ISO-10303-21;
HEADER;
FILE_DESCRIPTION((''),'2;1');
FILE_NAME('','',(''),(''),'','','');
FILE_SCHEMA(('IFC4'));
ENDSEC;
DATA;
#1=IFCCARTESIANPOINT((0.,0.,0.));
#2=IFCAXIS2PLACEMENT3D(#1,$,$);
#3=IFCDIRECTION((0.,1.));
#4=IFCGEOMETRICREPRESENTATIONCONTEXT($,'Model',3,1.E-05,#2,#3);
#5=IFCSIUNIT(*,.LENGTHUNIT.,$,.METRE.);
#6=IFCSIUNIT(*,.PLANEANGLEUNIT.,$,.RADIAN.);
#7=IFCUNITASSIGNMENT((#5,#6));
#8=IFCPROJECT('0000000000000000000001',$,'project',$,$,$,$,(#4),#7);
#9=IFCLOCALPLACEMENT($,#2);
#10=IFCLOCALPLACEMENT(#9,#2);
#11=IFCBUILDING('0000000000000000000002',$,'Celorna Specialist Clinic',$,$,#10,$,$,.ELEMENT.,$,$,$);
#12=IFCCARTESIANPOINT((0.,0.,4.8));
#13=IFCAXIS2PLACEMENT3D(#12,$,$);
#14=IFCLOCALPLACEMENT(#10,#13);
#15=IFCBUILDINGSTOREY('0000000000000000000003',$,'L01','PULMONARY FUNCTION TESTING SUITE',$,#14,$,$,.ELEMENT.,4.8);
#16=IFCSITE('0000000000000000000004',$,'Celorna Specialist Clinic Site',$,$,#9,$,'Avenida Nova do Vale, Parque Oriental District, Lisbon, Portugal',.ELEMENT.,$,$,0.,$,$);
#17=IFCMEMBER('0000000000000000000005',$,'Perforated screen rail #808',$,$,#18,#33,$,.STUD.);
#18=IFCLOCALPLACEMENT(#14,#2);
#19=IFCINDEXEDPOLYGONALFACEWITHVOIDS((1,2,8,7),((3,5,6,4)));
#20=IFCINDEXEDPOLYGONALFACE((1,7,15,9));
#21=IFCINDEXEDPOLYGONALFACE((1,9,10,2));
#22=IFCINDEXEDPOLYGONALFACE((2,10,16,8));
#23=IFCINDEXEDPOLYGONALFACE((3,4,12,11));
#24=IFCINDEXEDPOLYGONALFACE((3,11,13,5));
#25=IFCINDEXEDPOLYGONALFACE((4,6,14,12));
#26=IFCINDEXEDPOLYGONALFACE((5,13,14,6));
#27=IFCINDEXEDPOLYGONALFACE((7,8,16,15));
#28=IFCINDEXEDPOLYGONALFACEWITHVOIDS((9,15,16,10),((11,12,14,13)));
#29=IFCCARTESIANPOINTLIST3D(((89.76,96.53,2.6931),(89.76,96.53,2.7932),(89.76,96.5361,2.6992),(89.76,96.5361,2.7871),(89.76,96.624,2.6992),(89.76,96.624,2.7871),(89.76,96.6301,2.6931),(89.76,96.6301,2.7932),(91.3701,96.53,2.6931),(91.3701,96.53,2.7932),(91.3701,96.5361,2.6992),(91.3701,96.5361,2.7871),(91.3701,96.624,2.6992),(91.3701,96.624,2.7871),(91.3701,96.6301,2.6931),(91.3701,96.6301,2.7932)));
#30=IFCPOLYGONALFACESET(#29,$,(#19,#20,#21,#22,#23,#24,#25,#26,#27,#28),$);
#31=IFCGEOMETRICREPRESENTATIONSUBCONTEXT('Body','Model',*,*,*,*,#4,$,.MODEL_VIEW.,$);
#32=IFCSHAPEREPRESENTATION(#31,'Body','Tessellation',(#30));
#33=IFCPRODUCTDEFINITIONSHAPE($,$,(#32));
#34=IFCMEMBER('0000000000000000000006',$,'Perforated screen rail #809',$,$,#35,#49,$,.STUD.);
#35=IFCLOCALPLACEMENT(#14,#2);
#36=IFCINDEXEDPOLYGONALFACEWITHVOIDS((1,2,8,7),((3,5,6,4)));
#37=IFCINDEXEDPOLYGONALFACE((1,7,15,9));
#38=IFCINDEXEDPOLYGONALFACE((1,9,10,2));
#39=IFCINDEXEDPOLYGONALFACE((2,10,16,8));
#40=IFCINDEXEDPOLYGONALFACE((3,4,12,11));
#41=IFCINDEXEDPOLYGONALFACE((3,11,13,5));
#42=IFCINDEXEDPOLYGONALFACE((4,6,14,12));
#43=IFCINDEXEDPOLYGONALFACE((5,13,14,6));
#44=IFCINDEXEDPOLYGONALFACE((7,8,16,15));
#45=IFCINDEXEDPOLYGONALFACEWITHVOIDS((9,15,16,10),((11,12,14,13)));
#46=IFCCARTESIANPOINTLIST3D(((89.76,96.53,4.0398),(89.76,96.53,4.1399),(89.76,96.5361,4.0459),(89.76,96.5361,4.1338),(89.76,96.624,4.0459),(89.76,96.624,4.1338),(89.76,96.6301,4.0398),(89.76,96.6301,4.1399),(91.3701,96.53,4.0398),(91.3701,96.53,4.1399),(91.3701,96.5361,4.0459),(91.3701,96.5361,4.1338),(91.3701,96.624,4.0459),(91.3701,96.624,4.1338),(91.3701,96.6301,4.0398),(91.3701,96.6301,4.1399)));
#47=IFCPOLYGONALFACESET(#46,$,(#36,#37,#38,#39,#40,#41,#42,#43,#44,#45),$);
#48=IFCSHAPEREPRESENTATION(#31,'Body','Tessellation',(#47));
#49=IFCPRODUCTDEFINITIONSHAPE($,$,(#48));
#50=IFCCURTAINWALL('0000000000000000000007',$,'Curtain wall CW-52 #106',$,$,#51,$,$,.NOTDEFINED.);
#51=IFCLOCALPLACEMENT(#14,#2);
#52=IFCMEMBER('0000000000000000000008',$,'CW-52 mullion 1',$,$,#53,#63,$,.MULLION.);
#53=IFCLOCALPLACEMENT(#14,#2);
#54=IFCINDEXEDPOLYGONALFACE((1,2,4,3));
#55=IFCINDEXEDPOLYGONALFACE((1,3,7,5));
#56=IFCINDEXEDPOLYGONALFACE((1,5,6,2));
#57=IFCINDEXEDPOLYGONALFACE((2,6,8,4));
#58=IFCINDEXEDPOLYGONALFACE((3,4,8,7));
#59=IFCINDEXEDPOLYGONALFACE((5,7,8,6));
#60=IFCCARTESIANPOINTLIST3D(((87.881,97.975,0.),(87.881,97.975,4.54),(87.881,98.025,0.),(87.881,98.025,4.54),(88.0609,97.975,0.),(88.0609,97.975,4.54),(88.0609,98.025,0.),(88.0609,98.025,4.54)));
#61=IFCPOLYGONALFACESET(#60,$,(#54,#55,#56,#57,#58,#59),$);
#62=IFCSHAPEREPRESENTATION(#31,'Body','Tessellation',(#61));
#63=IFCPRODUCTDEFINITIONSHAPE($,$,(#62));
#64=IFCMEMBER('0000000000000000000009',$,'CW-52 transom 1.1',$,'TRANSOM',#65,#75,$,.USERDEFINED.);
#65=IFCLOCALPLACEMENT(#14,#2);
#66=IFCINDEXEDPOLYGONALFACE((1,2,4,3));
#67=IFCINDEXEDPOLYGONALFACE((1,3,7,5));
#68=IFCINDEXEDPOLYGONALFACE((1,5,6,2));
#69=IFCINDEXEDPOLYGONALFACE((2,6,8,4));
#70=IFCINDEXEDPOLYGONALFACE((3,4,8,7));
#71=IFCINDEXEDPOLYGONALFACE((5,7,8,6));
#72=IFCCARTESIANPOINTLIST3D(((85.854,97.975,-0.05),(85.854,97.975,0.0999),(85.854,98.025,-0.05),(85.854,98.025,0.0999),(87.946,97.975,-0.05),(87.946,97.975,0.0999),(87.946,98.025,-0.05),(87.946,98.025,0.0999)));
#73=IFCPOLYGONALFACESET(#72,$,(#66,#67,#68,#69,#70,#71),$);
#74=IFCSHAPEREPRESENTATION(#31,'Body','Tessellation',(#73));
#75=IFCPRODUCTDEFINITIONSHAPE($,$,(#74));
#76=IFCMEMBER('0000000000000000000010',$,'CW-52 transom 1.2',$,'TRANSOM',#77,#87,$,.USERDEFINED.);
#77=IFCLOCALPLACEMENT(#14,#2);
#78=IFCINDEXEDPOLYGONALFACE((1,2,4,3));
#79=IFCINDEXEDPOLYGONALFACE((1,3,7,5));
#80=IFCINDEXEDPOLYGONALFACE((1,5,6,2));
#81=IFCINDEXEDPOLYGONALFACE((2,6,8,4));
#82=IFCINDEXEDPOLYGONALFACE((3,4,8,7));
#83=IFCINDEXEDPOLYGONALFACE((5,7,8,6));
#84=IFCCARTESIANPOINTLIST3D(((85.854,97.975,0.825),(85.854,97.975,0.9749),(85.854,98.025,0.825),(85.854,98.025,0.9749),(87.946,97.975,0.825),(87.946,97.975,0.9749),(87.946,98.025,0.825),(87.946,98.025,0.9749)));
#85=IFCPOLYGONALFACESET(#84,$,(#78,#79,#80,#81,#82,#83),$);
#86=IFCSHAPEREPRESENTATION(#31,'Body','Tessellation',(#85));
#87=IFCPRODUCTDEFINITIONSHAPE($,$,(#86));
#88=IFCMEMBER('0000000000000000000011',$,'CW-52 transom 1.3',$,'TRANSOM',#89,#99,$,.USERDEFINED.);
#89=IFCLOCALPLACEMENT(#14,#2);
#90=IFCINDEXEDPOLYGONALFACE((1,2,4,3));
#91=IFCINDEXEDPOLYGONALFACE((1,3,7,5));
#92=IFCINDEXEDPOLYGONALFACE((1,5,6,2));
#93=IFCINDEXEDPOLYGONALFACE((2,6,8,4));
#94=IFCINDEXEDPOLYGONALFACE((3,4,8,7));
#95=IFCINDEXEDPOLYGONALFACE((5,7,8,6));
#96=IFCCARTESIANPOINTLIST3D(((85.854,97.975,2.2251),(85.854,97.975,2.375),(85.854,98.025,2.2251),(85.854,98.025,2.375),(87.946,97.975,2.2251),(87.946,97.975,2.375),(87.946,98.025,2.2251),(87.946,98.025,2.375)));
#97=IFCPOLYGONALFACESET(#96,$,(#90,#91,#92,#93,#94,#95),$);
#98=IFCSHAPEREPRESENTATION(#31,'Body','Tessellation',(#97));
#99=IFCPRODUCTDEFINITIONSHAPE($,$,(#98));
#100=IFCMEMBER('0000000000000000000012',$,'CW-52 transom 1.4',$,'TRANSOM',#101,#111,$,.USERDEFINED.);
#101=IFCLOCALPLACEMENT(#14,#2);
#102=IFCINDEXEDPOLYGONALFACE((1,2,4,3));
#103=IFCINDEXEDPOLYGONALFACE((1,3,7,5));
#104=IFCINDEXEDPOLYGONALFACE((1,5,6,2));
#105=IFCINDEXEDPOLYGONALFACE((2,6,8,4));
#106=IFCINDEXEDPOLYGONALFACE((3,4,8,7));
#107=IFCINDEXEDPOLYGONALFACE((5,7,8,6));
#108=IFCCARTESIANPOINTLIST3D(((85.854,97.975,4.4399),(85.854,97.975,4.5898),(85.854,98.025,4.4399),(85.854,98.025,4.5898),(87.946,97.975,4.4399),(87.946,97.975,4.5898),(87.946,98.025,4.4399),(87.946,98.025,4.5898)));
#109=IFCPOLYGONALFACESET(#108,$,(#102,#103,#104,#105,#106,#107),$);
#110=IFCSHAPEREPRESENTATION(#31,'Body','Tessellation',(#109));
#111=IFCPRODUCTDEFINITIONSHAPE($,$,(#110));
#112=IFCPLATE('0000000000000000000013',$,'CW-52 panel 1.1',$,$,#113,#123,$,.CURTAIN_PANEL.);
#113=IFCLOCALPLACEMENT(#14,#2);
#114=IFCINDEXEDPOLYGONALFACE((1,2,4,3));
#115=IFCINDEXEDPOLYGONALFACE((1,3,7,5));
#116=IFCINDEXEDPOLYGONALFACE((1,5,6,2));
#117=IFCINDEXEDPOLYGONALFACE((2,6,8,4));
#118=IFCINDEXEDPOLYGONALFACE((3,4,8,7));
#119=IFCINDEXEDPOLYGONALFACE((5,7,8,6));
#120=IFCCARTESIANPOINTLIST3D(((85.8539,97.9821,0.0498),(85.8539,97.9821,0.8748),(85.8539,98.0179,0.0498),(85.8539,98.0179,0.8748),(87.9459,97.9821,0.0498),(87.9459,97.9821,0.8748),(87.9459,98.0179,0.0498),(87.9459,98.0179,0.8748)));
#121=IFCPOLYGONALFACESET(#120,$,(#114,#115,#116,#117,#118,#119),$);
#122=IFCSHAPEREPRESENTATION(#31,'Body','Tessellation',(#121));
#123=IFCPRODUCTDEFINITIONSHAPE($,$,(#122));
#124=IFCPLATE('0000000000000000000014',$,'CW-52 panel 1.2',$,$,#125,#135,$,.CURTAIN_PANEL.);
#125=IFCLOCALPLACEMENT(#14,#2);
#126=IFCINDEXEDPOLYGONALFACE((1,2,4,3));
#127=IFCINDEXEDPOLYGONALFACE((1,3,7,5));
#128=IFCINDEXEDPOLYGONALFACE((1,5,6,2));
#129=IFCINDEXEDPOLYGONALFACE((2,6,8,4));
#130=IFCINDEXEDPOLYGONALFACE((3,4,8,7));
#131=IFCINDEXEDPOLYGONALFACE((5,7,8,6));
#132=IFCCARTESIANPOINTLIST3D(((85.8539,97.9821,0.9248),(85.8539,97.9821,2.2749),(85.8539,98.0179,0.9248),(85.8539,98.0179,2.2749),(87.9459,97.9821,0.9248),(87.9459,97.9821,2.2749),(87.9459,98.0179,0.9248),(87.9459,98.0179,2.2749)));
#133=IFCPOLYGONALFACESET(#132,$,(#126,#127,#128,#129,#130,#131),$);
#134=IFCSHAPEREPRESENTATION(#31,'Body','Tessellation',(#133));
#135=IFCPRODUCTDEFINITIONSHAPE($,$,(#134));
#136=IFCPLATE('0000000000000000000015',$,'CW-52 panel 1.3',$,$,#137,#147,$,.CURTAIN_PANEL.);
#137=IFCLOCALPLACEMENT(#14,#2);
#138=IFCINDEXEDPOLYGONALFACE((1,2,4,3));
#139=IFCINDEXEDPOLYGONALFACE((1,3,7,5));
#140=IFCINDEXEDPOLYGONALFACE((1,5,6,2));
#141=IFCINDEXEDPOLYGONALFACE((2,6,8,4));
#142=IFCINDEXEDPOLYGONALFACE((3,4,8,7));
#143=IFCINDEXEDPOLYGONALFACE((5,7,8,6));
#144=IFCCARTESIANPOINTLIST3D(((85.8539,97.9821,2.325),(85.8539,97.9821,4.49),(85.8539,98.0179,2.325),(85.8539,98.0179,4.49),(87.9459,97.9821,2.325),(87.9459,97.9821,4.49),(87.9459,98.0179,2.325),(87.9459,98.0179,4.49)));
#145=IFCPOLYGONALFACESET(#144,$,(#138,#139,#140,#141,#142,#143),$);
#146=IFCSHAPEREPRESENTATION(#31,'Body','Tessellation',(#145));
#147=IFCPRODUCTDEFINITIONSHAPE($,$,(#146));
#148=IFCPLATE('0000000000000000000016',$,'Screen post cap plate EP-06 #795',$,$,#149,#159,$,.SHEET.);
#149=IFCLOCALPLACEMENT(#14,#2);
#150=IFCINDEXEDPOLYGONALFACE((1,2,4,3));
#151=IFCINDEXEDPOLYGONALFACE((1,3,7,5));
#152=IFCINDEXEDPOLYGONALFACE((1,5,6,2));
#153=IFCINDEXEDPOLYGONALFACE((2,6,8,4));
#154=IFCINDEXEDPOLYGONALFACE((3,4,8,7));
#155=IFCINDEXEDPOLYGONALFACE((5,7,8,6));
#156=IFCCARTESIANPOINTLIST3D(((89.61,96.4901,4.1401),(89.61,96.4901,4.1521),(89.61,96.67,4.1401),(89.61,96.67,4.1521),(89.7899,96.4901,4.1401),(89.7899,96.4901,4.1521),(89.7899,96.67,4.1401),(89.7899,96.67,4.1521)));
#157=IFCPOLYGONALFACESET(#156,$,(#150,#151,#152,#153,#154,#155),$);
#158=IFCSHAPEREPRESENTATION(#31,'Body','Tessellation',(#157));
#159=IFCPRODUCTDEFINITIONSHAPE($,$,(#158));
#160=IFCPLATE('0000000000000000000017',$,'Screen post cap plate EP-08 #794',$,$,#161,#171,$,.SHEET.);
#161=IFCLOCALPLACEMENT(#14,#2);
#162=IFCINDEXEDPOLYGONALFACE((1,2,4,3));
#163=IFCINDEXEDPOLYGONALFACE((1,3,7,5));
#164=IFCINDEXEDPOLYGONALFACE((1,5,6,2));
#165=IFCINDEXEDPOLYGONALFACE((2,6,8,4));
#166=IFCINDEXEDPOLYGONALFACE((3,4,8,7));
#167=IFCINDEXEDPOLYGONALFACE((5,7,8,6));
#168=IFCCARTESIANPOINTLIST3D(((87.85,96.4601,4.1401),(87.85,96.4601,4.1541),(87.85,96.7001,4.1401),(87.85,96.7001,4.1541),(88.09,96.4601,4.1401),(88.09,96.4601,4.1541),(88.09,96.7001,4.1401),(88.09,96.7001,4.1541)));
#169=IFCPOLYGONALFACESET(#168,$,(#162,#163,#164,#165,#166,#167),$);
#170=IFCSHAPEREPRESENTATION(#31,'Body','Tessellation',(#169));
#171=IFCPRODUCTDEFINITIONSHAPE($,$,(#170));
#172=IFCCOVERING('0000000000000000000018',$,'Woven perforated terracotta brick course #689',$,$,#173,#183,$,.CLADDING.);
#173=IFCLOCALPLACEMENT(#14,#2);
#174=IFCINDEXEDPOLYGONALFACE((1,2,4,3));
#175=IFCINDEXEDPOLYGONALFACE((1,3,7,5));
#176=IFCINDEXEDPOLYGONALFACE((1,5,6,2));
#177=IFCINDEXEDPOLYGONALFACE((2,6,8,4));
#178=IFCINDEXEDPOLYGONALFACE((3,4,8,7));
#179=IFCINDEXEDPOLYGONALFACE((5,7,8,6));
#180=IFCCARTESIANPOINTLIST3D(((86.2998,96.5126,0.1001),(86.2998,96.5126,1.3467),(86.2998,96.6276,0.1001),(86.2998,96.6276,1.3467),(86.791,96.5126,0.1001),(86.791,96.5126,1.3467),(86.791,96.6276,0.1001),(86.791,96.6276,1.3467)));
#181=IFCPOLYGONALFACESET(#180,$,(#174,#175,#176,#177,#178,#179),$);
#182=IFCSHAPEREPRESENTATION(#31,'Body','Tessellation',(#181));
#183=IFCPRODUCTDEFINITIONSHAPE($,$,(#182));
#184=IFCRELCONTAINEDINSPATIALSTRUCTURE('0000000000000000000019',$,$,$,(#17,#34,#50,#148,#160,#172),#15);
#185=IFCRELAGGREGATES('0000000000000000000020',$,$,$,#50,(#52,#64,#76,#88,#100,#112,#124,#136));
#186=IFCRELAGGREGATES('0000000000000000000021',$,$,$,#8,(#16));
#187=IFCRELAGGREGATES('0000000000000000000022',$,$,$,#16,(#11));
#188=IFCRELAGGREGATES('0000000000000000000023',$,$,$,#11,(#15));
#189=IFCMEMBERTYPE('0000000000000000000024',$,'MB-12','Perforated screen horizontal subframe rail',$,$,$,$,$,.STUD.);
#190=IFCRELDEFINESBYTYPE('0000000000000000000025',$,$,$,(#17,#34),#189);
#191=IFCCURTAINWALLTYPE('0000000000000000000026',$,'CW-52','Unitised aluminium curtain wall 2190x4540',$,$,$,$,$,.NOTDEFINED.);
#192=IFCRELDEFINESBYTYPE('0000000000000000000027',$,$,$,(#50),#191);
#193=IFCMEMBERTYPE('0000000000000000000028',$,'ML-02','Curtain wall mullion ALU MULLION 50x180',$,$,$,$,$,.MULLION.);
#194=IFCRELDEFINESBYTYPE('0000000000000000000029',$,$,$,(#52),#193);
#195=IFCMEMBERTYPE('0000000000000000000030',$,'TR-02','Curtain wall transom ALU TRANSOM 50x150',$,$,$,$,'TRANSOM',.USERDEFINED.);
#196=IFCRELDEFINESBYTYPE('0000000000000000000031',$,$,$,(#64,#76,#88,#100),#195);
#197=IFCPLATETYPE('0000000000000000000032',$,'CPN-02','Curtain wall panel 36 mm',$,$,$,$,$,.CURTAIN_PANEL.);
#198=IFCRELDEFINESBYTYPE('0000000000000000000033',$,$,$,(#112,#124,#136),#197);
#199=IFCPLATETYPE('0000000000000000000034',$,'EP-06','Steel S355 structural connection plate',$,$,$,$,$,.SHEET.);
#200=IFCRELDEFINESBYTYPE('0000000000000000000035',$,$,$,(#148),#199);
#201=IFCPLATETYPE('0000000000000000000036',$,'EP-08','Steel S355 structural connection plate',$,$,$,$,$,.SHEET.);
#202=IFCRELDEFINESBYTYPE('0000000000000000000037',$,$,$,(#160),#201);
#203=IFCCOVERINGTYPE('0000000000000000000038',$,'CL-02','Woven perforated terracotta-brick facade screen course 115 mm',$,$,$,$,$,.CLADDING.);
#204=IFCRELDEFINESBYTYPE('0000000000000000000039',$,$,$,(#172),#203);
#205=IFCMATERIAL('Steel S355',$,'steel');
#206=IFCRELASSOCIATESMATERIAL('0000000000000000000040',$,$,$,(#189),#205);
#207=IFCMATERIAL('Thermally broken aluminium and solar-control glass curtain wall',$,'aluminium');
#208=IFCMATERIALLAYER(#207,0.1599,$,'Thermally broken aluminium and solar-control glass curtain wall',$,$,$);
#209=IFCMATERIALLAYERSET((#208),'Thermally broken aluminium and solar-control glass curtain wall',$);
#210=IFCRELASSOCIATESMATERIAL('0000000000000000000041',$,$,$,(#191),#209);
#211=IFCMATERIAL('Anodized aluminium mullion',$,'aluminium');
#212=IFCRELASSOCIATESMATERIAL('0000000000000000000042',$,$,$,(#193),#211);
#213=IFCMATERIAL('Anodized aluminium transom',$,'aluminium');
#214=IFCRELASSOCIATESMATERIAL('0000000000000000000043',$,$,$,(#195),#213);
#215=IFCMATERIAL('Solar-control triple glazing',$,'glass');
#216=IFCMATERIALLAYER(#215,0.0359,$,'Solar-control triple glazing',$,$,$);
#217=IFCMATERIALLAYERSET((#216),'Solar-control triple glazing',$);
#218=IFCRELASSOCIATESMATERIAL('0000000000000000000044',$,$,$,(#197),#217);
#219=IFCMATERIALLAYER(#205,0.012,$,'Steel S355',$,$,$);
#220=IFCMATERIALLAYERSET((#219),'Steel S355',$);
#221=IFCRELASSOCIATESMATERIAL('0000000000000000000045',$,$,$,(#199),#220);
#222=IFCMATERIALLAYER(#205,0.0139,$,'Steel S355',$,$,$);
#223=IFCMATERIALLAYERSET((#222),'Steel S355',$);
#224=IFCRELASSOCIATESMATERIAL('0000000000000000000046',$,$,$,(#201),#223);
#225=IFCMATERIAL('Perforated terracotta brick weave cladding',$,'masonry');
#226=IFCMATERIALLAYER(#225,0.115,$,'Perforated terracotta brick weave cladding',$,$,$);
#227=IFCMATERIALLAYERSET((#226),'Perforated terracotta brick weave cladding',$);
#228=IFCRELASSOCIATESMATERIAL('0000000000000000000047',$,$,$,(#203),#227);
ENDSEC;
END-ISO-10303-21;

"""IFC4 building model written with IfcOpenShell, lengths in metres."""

from ifc_helpers import new_model, si_unit, direction, frame, origin, origin_2d, place, context, subcontext, project, spatial, rectangle, hollow_rectangle, extrude, material, layer, layer_set, material_profile, profile_set, type_object, element, aggregate, save


model = new_model("IFC4")

# Units and contexts
model_context = context("Model", 3, precision=1e-05, world=origin(), true_north=direction((0.0, 1.0)))
body_context = subcontext(model_context, "Body", "Model", "MODEL_VIEW")
ifc_project = project(units=[si_unit("LENGTHUNIT", "METRE"), si_unit("PLANEANGLEUNIT", "RADIAN")], contexts=[model_context])

# Site, building, storey
site_placement = place(None, origin())
site = spatial("IfcSite", under=ifc_project, at=site_placement, Name="Celorna Specialist Clinic Site", LongName="Avenida Nova do Vale, Parque Oriental District, Lisbon, Portugal", CompositionType="ELEMENT", RefElevation=0.0)
building_placement = place(site_placement, origin())
building = spatial("IfcBuilding", under=site, at=building_placement, Name="Celorna Specialist Clinic", CompositionType="ELEMENT")
storey_placement = place(building_placement, frame((0.0, 0.0, 4.8)))
storey = spatial("IfcBuildingStorey", under=building, at=storey_placement, Name="L01", Description="PULMONARY FUNCTION TESTING SUITE", CompositionType="ELEMENT", Elevation=4.8)

# Shared definitions
ifc_material_1 = material(Name="Steel S355", Category="steel")

# Members
ifc_material_profile_1 = material_profile(ifc_material_1, hollow_rectangle(XDim=0.1001, YDim=0.1001, WallThickness=0.0061, at=origin_2d()), Name="SHS 100x100x6")
ifc_profile_set_1 = profile_set([ifc_material_profile_1], Name="Steel S355")
member_type_1 = type_object("IfcMemberType", Name="MB-12", Description="Perforated screen horizontal subframe rail", PredefinedType="STUD", material=ifc_profile_set_1)
for number, where, z_axis, x_axis, name in (
    (1, (89.76, 96.5801, 2.7432), (1.0, 0.0, 0.0), (0.0, 1.0, 0.0), "Perforated screen rail #808"),
    (2, (89.76, 96.5801, 4.0898), (1.0, 0.0, 0.0), (0.0, 1.0, 0.0), "Perforated screen rail #809"),
):
    element("IfcMember", number, at=place(storey_placement, frame(where, z_axis=z_axis, x_axis=x_axis)), inside=storey, type_object=member_type_1, Name=name, PredefinedType="STUD", context=body_context, shape_type="SweptSolid", body=[
        extrude(hollow_rectangle(XDim=0.1001, YDim=0.1001, WallThickness=0.0061, at=origin_2d()), origin(), (0.0, 0.0, 1.0), 1.6101),
    ])

# Curtain wall, members, plates
ifc_material_2 = material(Name="Thermally broken aluminium and solar-control glass curtain wall", Category="aluminium")
ifc_layer_1 = layer(ifc_material_2, 0.1599, Name="Thermally broken aluminium and solar-control glass curtain wall")
ifc_layer_set_1 = layer_set([ifc_layer_1], Name="Thermally broken aluminium and solar-control glass curtain wall")
curtain_wall_type = type_object("IfcCurtainWallType", Name="CW-52", Description="Unitised aluminium curtain wall 2190x4540", PredefinedType="NOTDEFINED", material=ifc_layer_set_1)
curtain_wall_placement = place(storey_placement, origin())
curtain_wall = element("IfcCurtainWall", 3, at=curtain_wall_placement, inside=storey, type_object=curtain_wall_type, Name="Curtain wall CW-52 #106", PredefinedType="NOTDEFINED")
ifc_material_3 = material(Name="Anodized aluminium mullion", Category="aluminium")
ifc_material_profile_2 = material_profile(ifc_material_3, rectangle(XDim=0.05, YDim=0.1799, at=origin_2d()), Name="ALU MULLION 50x180")
ifc_profile_set_2 = profile_set([ifc_material_profile_2], Name="Anodized aluminium mullion")
member_type_2 = type_object("IfcMemberType", Name="ML-02", Description="Curtain wall mullion ALU MULLION 50x180", PredefinedType="MULLION", material=ifc_profile_set_2)
member_1_placement = place(storey_placement, frame((87.9709, 98.0, 0.0), z_axis=(0.0, 0.0, 1.0), x_axis=(0.0, -1.0, 0.0)))
member_1 = element("IfcMember", 4, at=member_1_placement, type_object=member_type_2, Name="CW-52 mullion 1", PredefinedType="MULLION", context=body_context, shape_type="SweptSolid", body=[
    extrude(rectangle(XDim=0.05, YDim=0.1799, at=origin_2d()), origin(), (0.0, 0.0, 1.0), 4.54),
])
ifc_material_4 = material(Name="Anodized aluminium transom", Category="aluminium")
ifc_material_profile_3 = material_profile(ifc_material_4, rectangle(XDim=0.05, YDim=0.1499, at=origin_2d()), Name="ALU TRANSOM 50x150")
ifc_profile_set_3 = profile_set([ifc_material_profile_3], Name="Anodized aluminium transom")
member_type_3 = type_object("IfcMemberType", Name="TR-02", Description="Curtain wall transom ALU TRANSOM 50x150", ElementType="TRANSOM", PredefinedType="USERDEFINED", material=ifc_profile_set_3)
member_2_placement = place(storey_placement, frame((87.946, 98.0, 0.0249), z_axis=(-1.0, 0.0, 0.0), x_axis=(0.0, -1.0, 0.0)))
member_2 = element("IfcMember", 5, at=member_2_placement, type_object=member_type_3, Name="CW-52 transom 1.1", ObjectType="TRANSOM", PredefinedType="USERDEFINED", context=body_context, shape_type="SweptSolid", body=[
    extrude(rectangle(XDim=0.05, YDim=0.1499, at=origin_2d()), origin(), (0.0, 0.0, 1.0), 2.092),
])
member_3_placement = place(storey_placement, frame((87.946, 98.0, 0.8999), z_axis=(-1.0, 0.0, 0.0), x_axis=(0.0, -1.0, 0.0)))
member_3 = element("IfcMember", 6, at=member_3_placement, type_object=member_type_3, Name="CW-52 transom 1.2", ObjectType="TRANSOM", PredefinedType="USERDEFINED", context=body_context, shape_type="SweptSolid", body=[
    extrude(rectangle(XDim=0.05, YDim=0.1499, at=origin_2d()), origin(), (0.0, 0.0, 1.0), 2.092),
])
member_4_placement = place(storey_placement, frame((87.946, 98.0, 2.3), z_axis=(-1.0, 0.0, 0.0), x_axis=(0.0, -1.0, 0.0)))
member_4 = element("IfcMember", 7, at=member_4_placement, type_object=member_type_3, Name="CW-52 transom 1.3", ObjectType="TRANSOM", PredefinedType="USERDEFINED", context=body_context, shape_type="SweptSolid", body=[
    extrude(rectangle(XDim=0.05, YDim=0.1499, at=origin_2d()), origin(), (0.0, 0.0, 1.0), 2.092),
])
member_5_placement = place(storey_placement, frame((87.946, 98.0, 4.5149), z_axis=(-1.0, 0.0, 0.0), x_axis=(0.0, -1.0, 0.0)))
member_5 = element("IfcMember", 8, at=member_5_placement, type_object=member_type_3, Name="CW-52 transom 1.4", ObjectType="TRANSOM", PredefinedType="USERDEFINED", context=body_context, shape_type="SweptSolid", body=[
    extrude(rectangle(XDim=0.05, YDim=0.1499, at=origin_2d()), origin(), (0.0, 0.0, 1.0), 2.092),
])
ifc_material_5 = material(Name="Solar-control triple glazing", Category="glass")
ifc_layer_2 = layer(ifc_material_5, 0.0359, Name="Solar-control triple glazing")
ifc_layer_set_2 = layer_set([ifc_layer_2], Name="Solar-control triple glazing")
plate_type_1 = type_object("IfcPlateType", Name="CPN-02", Description="Curtain wall panel 36 mm", PredefinedType="CURTAIN_PANEL", material=ifc_layer_set_2)
plate_1_placement = place(storey_placement, frame((86.8999, 98.0, 0.0498), z_axis=(0.0, 0.0, 1.0), x_axis=(-1.0, 0.0, 0.0)))
plate_1 = element("IfcPlate", 9, at=plate_1_placement, type_object=plate_type_1, Name="CW-52 panel 1.1", PredefinedType="CURTAIN_PANEL", context=body_context, shape_type="SweptSolid", body=[
    extrude(rectangle(XDim=2.092, YDim=0.0359, at=origin_2d()), origin(), (0.0, 0.0, 1.0), 0.825),
])
plate_2_placement = place(storey_placement, frame((86.8999, 98.0, 0.9248), z_axis=(0.0, 0.0, 1.0), x_axis=(-1.0, 0.0, 0.0)))
plate_2 = element("IfcPlate", 10, at=plate_2_placement, type_object=plate_type_1, Name="CW-52 panel 1.2", PredefinedType="CURTAIN_PANEL", context=body_context, shape_type="SweptSolid", body=[
    extrude(rectangle(XDim=2.092, YDim=0.0359, at=origin_2d()), origin(), (0.0, 0.0, 1.0), 1.3501),
])
plate_3_placement = place(storey_placement, frame((86.8999, 98.0, 2.325), z_axis=(0.0, 0.0, 1.0), x_axis=(-1.0, 0.0, 0.0)))
plate_3 = element("IfcPlate", 11, at=plate_3_placement, type_object=plate_type_1, Name="CW-52 panel 1.3", PredefinedType="CURTAIN_PANEL", context=body_context, shape_type="SweptSolid", body=[
    extrude(rectangle(XDim=2.092, YDim=0.0359, at=origin_2d()), origin(), (0.0, 0.0, 1.0), 2.165),
])
aggregate(curtain_wall, [member_1, member_2, member_3, member_4, member_5, plate_1, plate_2, plate_3])

# Plates
ifc_layer_3 = layer(ifc_material_1, 0.012, Name="Steel S355")
ifc_layer_set_3 = layer_set([ifc_layer_3], Name="Steel S355")
plate_type_2 = type_object("IfcPlateType", Name="EP-06", Description="Steel S355 structural connection plate", PredefinedType="SHEET", material=ifc_layer_set_3)
plate_4_placement = place(storey_placement, frame((89.7, 96.5801, 4.1401), z_axis=(0.0, 0.0, 1.0), x_axis=(1.0, 0.0, 0.0)))
element("IfcPlate", 12, at=plate_4_placement, inside=storey, type_object=plate_type_2, Name="Screen post cap plate EP-06 #795", PredefinedType="SHEET", context=body_context, shape_type="SweptSolid", body=[
    extrude(rectangle(XDim=0.1799, YDim=0.1799, at=origin_2d()), origin(), (0.0, 0.0, 1.0), 0.012),
])
ifc_layer_4 = layer(ifc_material_1, 0.0139, Name="Steel S355")
ifc_layer_set_4 = layer_set([ifc_layer_4], Name="Steel S355")
plate_type_3 = type_object("IfcPlateType", Name="EP-08", Description="Steel S355 structural connection plate", PredefinedType="SHEET", material=ifc_layer_set_4)
plate_5_placement = place(storey_placement, frame((87.97, 96.5801, 4.1401), z_axis=(0.0, 0.0, 1.0), x_axis=(1.0, 0.0, 0.0)))
element("IfcPlate", 13, at=plate_5_placement, inside=storey, type_object=plate_type_3, Name="Screen post cap plate EP-08 #794", PredefinedType="SHEET", context=body_context, shape_type="SweptSolid", body=[
    extrude(rectangle(XDim=0.24, YDim=0.24, at=origin_2d()), origin(), (0.0, 0.0, 1.0), 0.0139),
])

# Covering
ifc_material_6 = material(Name="Perforated terracotta brick weave cladding", Category="masonry")
ifc_layer_5 = layer(ifc_material_6, 0.115, Name="Perforated terracotta brick weave cladding")
ifc_layer_set_5 = layer_set([ifc_layer_5], Name="Perforated terracotta brick weave cladding")
covering_type = type_object("IfcCoveringType", Name="CL-02", Description="Woven perforated terracotta-brick facade screen course 115 mm", PredefinedType="CLADDING", material=ifc_layer_set_5)
for number, where, z_axis, x_axis, name in (
    (14, (86.5454, 96.5701, 0.1001), (0.0, 0.0, 1.0), (1.0, 0.0, 0.0), "Woven perforated terracotta brick course #689"),
):
    element("IfcCovering", number, at=place(storey_placement, frame(where, z_axis=z_axis, x_axis=x_axis)), inside=storey, type_object=covering_type, Name=name, PredefinedType="CLADDING", context=body_context, shape_type="SweptSolid", body=[
        extrude(rectangle(XDim=0.4912, YDim=0.115, at=origin_2d()), origin(), (0.0, 0.0, 1.0), 1.2466),
    ])

save(model, "model.ifc")
